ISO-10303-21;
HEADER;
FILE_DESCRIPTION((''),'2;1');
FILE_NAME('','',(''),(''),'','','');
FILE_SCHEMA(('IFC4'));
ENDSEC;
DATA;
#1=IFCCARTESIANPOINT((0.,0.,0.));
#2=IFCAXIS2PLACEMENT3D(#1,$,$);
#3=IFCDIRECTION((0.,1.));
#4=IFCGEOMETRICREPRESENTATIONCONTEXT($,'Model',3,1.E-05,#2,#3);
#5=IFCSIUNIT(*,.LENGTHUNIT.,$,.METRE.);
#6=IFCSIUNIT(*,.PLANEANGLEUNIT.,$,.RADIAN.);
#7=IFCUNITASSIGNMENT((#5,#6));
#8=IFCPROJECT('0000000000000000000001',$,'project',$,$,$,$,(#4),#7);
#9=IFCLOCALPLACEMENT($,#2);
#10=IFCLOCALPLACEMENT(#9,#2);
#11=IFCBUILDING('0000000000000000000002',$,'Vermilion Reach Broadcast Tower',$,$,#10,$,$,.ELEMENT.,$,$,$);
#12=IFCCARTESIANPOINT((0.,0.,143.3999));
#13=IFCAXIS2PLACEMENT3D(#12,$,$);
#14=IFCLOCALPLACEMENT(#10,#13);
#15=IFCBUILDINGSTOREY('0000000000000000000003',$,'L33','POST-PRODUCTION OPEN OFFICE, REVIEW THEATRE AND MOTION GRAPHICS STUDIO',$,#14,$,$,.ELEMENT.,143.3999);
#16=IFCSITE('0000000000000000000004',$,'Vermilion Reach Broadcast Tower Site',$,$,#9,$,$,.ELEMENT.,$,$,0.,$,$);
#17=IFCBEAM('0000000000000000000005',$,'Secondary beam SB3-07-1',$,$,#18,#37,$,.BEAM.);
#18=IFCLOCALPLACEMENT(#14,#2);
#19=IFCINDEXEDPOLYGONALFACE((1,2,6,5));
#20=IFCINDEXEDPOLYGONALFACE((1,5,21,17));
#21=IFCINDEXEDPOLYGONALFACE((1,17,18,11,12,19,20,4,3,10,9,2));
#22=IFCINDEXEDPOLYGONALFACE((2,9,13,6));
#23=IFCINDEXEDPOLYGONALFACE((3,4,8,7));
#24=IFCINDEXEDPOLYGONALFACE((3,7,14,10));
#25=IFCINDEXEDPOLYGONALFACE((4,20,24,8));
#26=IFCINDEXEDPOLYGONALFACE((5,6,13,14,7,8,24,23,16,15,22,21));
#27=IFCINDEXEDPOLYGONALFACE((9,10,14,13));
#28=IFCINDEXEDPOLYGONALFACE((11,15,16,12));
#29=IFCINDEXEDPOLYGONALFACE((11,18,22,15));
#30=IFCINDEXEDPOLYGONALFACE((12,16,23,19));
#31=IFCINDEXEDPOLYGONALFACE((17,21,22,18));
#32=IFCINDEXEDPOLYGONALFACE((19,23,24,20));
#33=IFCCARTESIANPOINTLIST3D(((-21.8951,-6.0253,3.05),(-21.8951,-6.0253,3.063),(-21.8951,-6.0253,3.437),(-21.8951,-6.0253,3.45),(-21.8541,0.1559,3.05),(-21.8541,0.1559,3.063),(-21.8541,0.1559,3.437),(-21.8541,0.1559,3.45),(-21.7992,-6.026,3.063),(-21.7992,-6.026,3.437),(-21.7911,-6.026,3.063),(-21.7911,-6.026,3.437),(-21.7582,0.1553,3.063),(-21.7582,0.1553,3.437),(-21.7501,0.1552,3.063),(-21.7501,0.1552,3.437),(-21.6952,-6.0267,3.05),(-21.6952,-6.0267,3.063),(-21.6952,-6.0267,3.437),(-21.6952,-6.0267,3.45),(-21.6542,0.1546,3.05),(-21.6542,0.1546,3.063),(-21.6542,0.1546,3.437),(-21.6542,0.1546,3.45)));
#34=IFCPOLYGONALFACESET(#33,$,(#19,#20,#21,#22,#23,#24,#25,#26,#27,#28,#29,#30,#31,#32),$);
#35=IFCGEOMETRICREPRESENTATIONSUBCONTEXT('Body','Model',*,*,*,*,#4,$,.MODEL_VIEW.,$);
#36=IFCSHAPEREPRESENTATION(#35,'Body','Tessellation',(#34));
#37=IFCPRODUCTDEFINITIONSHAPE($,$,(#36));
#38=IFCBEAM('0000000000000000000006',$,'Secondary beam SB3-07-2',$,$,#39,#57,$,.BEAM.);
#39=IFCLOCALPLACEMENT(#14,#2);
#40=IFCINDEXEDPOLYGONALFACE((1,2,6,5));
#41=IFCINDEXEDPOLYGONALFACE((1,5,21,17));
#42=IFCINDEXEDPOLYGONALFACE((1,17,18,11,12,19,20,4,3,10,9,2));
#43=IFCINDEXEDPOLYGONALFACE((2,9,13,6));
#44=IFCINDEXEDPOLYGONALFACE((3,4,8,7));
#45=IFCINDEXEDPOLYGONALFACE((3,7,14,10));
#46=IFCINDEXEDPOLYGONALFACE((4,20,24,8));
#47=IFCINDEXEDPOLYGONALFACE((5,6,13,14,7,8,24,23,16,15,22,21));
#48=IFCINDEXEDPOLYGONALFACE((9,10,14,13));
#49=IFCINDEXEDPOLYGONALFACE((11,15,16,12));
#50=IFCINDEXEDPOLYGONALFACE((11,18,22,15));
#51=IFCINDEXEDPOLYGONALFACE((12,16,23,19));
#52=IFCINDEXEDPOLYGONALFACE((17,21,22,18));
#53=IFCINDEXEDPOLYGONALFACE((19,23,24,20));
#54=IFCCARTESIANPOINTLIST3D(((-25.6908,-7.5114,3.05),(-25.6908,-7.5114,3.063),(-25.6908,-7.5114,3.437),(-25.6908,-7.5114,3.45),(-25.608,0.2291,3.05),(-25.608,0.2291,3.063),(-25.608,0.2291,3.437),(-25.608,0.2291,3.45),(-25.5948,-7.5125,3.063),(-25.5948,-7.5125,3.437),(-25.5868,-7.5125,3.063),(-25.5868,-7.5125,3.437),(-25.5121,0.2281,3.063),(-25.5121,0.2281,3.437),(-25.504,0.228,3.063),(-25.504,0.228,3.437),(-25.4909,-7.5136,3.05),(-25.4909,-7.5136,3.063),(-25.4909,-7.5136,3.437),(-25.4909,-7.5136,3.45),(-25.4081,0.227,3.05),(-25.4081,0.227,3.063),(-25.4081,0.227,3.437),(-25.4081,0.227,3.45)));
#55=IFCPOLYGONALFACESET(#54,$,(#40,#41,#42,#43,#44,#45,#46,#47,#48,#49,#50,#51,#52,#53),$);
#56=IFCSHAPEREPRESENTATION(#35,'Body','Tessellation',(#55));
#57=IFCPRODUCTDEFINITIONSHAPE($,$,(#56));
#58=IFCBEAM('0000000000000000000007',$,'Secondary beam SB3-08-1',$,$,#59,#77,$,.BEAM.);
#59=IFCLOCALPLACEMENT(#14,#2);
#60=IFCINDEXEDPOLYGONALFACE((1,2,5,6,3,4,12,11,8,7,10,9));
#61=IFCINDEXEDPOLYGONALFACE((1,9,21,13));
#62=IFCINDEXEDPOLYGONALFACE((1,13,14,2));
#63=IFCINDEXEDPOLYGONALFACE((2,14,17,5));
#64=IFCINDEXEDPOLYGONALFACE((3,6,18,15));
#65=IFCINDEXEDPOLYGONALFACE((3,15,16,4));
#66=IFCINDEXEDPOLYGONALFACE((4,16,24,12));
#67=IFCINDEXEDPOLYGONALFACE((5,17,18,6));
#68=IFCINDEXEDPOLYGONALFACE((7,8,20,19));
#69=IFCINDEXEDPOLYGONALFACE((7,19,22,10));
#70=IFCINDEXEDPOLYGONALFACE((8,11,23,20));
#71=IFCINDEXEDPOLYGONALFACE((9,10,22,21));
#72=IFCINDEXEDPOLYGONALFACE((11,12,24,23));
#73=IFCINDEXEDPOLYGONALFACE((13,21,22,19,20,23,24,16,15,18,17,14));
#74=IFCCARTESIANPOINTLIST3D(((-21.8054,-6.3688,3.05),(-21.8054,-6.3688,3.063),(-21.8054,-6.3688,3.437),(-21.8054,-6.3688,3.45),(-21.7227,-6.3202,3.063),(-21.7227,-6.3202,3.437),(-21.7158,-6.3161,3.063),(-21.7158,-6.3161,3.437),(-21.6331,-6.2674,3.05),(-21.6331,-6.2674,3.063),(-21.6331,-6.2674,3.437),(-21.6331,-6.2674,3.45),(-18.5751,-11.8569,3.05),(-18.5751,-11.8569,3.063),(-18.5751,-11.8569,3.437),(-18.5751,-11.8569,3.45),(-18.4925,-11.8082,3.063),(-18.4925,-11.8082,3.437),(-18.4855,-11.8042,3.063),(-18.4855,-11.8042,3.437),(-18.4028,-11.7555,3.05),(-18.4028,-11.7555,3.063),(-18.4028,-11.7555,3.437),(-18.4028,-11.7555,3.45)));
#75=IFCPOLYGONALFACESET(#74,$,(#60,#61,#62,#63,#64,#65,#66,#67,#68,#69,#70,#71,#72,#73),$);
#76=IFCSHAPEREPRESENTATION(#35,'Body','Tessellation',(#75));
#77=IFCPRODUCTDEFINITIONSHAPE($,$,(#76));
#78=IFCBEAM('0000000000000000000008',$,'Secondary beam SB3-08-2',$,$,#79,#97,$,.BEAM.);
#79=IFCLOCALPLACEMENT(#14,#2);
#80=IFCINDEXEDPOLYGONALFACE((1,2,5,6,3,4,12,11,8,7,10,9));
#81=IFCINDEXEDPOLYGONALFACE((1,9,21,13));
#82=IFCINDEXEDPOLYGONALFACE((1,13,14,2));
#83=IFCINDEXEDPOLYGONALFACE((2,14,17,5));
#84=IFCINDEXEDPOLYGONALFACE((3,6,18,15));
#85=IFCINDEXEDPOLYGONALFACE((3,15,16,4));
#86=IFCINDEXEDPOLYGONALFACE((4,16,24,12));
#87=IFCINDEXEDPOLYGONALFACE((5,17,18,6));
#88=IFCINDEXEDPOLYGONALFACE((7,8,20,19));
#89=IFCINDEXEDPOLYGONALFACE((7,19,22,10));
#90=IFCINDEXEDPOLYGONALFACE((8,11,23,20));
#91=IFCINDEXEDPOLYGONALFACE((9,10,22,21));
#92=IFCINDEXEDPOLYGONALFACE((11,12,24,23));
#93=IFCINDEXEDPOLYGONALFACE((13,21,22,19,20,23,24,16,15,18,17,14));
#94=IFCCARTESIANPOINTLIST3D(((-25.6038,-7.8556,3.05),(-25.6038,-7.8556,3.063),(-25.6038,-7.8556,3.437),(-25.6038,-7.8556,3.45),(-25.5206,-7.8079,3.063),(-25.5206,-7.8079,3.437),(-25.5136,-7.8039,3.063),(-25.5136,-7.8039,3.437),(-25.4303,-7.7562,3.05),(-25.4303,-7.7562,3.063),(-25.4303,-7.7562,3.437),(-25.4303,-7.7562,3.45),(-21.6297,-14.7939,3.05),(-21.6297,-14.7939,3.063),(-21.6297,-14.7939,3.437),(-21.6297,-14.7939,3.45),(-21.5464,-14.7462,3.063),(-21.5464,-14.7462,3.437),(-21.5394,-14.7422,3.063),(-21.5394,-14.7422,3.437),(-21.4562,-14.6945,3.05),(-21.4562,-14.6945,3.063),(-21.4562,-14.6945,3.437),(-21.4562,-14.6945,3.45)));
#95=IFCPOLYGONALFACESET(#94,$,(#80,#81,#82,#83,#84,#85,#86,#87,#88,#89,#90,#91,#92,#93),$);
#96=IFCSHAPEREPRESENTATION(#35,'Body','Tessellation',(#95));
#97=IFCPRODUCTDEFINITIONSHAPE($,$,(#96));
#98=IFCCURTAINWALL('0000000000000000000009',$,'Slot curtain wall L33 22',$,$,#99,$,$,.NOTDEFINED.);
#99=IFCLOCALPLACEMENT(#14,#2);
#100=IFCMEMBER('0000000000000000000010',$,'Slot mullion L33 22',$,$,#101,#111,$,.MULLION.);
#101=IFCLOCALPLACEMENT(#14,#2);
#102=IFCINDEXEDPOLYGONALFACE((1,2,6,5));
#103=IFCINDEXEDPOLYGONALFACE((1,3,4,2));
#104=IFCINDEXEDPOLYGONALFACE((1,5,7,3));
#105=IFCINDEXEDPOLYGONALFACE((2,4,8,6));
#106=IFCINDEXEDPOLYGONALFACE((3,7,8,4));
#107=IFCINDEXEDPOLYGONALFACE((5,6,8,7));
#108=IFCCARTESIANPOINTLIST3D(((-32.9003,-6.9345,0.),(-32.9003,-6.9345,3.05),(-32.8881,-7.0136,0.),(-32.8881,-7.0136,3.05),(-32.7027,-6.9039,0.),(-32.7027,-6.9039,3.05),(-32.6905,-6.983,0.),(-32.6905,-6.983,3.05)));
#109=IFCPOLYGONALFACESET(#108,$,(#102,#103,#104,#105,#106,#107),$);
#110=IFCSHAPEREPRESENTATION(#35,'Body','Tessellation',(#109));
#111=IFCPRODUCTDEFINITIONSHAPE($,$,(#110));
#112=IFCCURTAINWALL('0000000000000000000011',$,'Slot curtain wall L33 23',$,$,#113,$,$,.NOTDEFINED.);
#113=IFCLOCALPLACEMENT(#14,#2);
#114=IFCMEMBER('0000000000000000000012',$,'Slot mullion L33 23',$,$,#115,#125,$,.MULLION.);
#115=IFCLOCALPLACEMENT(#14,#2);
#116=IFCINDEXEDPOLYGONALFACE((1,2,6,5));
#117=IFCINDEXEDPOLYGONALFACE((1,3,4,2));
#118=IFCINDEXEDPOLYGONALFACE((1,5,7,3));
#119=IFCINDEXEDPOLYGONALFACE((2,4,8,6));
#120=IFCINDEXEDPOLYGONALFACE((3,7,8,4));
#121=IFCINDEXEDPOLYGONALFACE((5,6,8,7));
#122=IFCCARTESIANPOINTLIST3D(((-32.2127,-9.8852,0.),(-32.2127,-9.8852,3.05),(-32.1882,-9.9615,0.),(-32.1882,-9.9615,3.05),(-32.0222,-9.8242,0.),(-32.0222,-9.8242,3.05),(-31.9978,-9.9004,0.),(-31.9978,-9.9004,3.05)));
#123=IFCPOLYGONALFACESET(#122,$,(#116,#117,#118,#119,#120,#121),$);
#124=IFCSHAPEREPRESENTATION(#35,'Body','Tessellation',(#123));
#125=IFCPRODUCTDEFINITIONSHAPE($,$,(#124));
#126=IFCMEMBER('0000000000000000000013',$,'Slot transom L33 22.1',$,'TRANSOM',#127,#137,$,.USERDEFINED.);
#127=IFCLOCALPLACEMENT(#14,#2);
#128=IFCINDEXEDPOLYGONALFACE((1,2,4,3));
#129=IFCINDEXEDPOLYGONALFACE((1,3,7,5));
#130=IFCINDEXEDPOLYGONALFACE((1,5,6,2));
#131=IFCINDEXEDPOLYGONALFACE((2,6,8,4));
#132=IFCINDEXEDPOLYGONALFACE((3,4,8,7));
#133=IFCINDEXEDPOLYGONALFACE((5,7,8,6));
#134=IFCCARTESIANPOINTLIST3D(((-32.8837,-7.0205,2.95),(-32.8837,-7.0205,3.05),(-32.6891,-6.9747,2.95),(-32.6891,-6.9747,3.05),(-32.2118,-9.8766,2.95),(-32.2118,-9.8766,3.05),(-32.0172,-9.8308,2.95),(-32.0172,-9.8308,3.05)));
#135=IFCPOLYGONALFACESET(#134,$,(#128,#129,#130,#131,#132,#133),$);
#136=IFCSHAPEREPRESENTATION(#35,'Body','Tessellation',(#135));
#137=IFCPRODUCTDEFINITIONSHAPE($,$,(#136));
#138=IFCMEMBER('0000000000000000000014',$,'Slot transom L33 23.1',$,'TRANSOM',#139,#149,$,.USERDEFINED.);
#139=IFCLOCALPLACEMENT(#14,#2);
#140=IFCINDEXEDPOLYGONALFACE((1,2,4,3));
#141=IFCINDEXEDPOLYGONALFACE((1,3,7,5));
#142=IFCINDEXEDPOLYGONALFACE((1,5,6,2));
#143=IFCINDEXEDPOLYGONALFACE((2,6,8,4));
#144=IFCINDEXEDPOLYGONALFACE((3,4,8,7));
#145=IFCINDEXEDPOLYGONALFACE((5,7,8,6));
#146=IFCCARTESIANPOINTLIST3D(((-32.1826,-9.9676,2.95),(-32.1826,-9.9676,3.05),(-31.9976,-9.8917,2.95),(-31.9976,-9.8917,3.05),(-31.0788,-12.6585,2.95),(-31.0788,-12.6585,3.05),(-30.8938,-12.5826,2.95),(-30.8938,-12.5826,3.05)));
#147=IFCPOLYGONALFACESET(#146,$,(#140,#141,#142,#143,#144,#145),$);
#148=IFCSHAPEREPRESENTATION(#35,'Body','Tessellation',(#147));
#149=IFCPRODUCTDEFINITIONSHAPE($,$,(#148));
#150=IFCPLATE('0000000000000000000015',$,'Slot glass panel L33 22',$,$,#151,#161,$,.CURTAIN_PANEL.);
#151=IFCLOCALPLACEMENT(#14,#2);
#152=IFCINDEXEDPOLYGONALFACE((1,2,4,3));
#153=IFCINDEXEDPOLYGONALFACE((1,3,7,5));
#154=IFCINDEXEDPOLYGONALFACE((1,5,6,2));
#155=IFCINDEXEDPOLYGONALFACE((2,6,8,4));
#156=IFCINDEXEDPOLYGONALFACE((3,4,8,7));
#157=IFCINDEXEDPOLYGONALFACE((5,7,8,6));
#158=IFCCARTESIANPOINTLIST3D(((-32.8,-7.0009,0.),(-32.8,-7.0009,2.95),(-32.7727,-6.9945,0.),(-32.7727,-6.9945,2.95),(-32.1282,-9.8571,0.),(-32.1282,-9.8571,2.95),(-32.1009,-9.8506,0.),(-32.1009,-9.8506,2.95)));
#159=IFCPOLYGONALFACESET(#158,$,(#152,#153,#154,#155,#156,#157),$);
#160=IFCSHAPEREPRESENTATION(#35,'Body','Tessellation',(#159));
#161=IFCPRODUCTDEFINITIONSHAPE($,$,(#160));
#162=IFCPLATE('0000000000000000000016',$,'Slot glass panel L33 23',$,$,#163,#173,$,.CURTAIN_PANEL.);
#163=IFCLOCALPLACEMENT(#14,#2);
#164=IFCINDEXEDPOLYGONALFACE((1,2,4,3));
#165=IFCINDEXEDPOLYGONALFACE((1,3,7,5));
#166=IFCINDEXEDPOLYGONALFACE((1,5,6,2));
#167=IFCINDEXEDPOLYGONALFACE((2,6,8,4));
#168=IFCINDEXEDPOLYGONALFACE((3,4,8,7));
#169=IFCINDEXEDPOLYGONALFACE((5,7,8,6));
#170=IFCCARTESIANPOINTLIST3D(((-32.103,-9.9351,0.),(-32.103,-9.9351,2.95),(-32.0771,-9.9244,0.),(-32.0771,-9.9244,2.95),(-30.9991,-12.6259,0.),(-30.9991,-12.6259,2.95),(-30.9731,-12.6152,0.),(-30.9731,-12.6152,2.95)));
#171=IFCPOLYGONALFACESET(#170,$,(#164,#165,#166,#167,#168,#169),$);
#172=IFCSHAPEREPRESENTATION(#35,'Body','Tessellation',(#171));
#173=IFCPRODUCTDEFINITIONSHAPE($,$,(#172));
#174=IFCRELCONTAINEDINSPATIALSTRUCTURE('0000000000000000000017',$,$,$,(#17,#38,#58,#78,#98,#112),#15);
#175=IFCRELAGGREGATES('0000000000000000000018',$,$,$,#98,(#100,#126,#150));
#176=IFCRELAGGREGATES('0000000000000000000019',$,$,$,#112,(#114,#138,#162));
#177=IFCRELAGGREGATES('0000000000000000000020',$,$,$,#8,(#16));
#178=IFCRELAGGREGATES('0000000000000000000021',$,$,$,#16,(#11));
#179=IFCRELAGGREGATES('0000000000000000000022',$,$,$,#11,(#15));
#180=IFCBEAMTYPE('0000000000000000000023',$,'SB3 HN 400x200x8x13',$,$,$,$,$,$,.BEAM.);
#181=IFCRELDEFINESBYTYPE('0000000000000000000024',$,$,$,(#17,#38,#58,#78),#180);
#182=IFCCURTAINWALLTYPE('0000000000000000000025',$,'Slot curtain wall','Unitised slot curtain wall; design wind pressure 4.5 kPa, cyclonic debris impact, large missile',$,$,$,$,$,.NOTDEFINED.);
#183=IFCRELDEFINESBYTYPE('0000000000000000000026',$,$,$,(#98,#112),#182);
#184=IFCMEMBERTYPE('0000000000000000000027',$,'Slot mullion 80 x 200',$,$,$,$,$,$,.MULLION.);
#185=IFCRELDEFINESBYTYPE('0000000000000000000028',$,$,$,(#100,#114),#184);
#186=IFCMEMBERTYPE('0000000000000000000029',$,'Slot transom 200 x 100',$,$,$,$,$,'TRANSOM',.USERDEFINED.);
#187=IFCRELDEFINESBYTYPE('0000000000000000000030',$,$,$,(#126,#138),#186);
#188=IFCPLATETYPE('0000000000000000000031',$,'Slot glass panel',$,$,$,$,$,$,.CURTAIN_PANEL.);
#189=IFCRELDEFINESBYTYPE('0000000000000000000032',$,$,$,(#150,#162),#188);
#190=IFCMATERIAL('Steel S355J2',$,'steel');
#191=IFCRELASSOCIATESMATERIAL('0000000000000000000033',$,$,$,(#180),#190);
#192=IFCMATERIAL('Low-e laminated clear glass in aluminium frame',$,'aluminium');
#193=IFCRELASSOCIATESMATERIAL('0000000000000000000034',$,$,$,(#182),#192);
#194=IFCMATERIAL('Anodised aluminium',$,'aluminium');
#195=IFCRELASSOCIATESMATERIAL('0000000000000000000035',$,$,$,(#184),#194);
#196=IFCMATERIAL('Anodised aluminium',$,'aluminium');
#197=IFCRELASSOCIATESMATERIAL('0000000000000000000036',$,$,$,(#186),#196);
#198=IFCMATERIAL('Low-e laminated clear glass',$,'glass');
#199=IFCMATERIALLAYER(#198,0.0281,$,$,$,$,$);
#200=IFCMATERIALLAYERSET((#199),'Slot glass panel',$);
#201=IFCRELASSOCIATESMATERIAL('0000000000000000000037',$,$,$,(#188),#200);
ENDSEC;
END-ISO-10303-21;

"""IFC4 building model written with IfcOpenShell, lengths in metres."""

from ifc_helpers import new_model, si_unit, direction, frame, origin, origin_2d, place, context, subcontext, project, spatial, rectangle, i_section, extrude, material, layer, layer_set, material_profile, profile_set, type_object, element, aggregate, save


model = new_model("IFC4")

# Units and contexts
model_context = context("Model", 3, precision=1e-05, world=origin(), true_north=direction((0.0, 1.0)))
body_context = subcontext(model_context, "Body", "Model", "MODEL_VIEW")
ifc_project = project(units=[si_unit("LENGTHUNIT", "METRE"), si_unit("PLANEANGLEUNIT", "RADIAN")], contexts=[model_context])

# Site, building, storey
site_placement = place(None, origin())
site = spatial("IfcSite", under=ifc_project, at=site_placement, Name="Vermilion Reach Broadcast Tower Site", CompositionType="ELEMENT", RefElevation=0.0)
building_placement = place(site_placement, origin())
building = spatial("IfcBuilding", under=site, at=building_placement, Name="Vermilion Reach Broadcast Tower", CompositionType="ELEMENT")
storey_placement = place(building_placement, frame((0.0, 0.0, 143.3999)))
storey = spatial("IfcBuildingStorey", under=building, at=storey_placement, Name="L33", Description="POST-PRODUCTION OPEN OFFICE, REVIEW THEATRE AND MOTION GRAPHICS STUDIO", CompositionType="ELEMENT", Elevation=143.3999)

# Beams
ifc_material_1 = material(Name="Steel S355J2", Category="steel")
ifc_material_profile_1 = material_profile(ifc_material_1, i_section(OverallWidth=0.2, OverallDepth=0.3999, WebThickness=0.0081, FlangeThickness=0.0129, at=origin_2d()), Name="S355J2 HN 400x200x8x13")
ifc_profile_set_1 = profile_set([ifc_material_profile_1], Name="Steel S355J2")
beam_type_1 = type_object("IfcBeamType", Name="SB3 HN 400x200x8x13", PredefinedType="BEAM", material=ifc_profile_set_1)
beam_1_placement = place(storey_placement, frame((-21.7542, 0.1553, 3.25), z_axis=(-0.006635, -0.999978, 0.0), x_axis=(0.999978, -0.006635, 0.0)))
element("IfcBeam", 1, at=beam_1_placement, inside=storey, type_object=beam_type_1, Name="Secondary beam SB3-07-1", PredefinedType="BEAM", context=body_context, shape_type="SweptSolid", body=[
    extrude(i_section(OverallWidth=0.2, OverallDepth=0.3999, WebThickness=0.0081, FlangeThickness=0.0129, at=origin_2d()), origin(), (0.0, 0.0, 1.0), 6.1814),
])
beam_2_placement = place(storey_placement, frame((-25.5081, 0.228, 3.25), z_axis=(-0.010692, -0.999943, 0.0), x_axis=(0.999943, -0.010692, 0.0)))
element("IfcBeam", 2, at=beam_2_placement, inside=storey, type_object=beam_type_1, Name="Secondary beam SB3-07-2", PredefinedType="BEAM", context=body_context, shape_type="SweptSolid", body=[
    extrude(i_section(OverallWidth=0.2, OverallDepth=0.3999, WebThickness=0.0081, FlangeThickness=0.0129, at=origin_2d()), origin(), (0.0, 0.0, 1.0), 7.741),
])
beam_3_placement = place(storey_placement, frame((-21.7192, -6.3181, 3.25), z_axis=(0.50725, -0.861799, 0.0), x_axis=(0.861799, 0.50725, 0.0)))
element("IfcBeam", 3, at=beam_3_placement, inside=storey, type_object=beam_type_1, Name="Secondary beam SB3-08-1", PredefinedType="BEAM", context=body_context, shape_type="SweptSolid", body=[
    extrude(i_section(OverallWidth=0.2, OverallDepth=0.3999, WebThickness=0.0081, FlangeThickness=0.0129, at=origin_2d()), origin(), (0.0, 0.0, 1.0), 6.3682),
])
beam_4_placement = place(storey_placement, frame((-25.5171, -7.8059, 3.25), z_axis=(0.497027, -0.867735, 0.0), x_axis=(0.867735, 0.497027, 0.0)))
element("IfcBeam", 4, at=beam_4_placement, inside=storey, type_object=beam_type_1, Name="Secondary beam SB3-08-2", PredefinedType="BEAM", context=body_context, shape_type="SweptSolid", body=[
    extrude(i_section(OverallWidth=0.2, OverallDepth=0.3999, WebThickness=0.0081, FlangeThickness=0.0129, at=origin_2d()), origin(), (0.0, 0.0, 1.0), 7.9958),
])

# Curtain walls, members
ifc_material_2 = material(Name="Low-e laminated clear glass in aluminium frame", Category="aluminium")
curtain_wall_type = type_object("IfcCurtainWallType", Name="Slot curtain wall", Description="Unitised slot curtain wall; design wind pressure 4.5 kPa, cyclonic debris impact, large missile", PredefinedType="NOTDEFINED", material=ifc_material_2)
placement = place(storey_placement, origin())
curtain_wall_1 = element("IfcCurtainWall", 5, at=placement, inside=storey, type_object=curtain_wall_type, Name="Slot curtain wall L33 22", PredefinedType="NOTDEFINED")
ifc_material_3 = material(Name="Anodised aluminium", Category="aluminium")
ifc_material_profile_2 = material_profile(ifc_material_3, rectangle(XDim=0.2, YDim=0.0801, at=origin_2d()), Name="Slot mullion 80 x 200")
ifc_profile_set_2 = profile_set([ifc_material_profile_2], Name="Anodised aluminium")
member_type_1 = type_object("IfcMemberType", Name="Slot mullion 80 x 200", PredefinedType="MULLION", material=ifc_profile_set_2)
member_1_placement = place(storey_placement, frame((-32.7954, -6.9587, 0.0), z_axis=(0.0, 0.0, 1.0), x_axis=(0.988211, 0.153099, 0.0)))
member_1 = element("IfcMember", 6, at=member_1_placement, type_object=member_type_1, Name="Slot mullion L33 22", PredefinedType="MULLION", context=body_context, shape_type="SweptSolid", body=[
    extrude(rectangle(XDim=0.2, YDim=0.0801, at=origin_2d()), origin(), (0.0, 0.0, 1.0), 3.05),
])
curtain_wall_2 = element("IfcCurtainWall", 7, at=placement, inside=storey, type_object=curtain_wall_type, Name="Slot curtain wall L33 23", PredefinedType="NOTDEFINED")
member_2_placement = place(storey_placement, frame((-32.1052, -9.8928, 0.0), z_axis=(0.0, 0.0, 1.0), x_axis=(0.952283, 0.305215, 0.0)))
member_2 = element("IfcMember", 8, at=member_2_placement, type_object=member_type_1, Name="Slot mullion L33 23", PredefinedType="MULLION", context=body_context, shape_type="SweptSolid", body=[
    extrude(rectangle(XDim=0.2, YDim=0.0801, at=origin_2d()), origin(), (0.0, 0.0, 1.0), 3.05),
])

# Members
ifc_material_4 = material(Name="Anodised aluminium", Category="aluminium")
ifc_material_profile_3 = material_profile(ifc_material_4, rectangle(XDim=0.2, YDim=0.1001, at=origin_2d()), Name="Slot transom 200 x 100")
ifc_profile_set_3 = profile_set([ifc_material_profile_3], Name="Anodised aluminium")
member_type_2 = type_object("IfcMemberType", Name="Slot transom 200 x 100", ElementType="TRANSOM", PredefinedType="USERDEFINED", material=ifc_profile_set_3)
member_3_placement = place(storey_placement, frame((-32.7864, -6.9976, 3.0), z_axis=(0.228984, -0.97343, 0.0), x_axis=(0.97343, 0.228984, 0.0)))
member_3 = element("IfcMember", 9, at=member_3_placement, type_object=member_type_2, Name="Slot transom L33 22.1", ObjectType="TRANSOM", PredefinedType="USERDEFINED", context=body_context, shape_type="SweptSolid", body=[
    extrude(rectangle(XDim=0.2, YDim=0.1001, at=origin_2d()), origin(), (0.0, 0.0, 1.0), 2.9341),
])
member_4_placement = place(storey_placement, frame((-32.0901, -9.9297, 3.0), z_axis=(0.379496, -0.925194, 0.0), x_axis=(0.925194, 0.379496, 0.0)))
member_4 = element("IfcMember", 10, at=member_4_placement, type_object=member_type_2, Name="Slot transom L33 23.1", ObjectType="TRANSOM", PredefinedType="USERDEFINED", context=body_context, shape_type="SweptSolid", body=[
    extrude(rectangle(XDim=0.2, YDim=0.1001, at=origin_2d()), origin(), (0.0, 0.0, 1.0), 2.9084),
])

# Plates
ifc_material_5 = material(Name="Low-e laminated clear glass", Category="glass")
ifc_layer_1 = layer(ifc_material_5, 0.0281)
ifc_layer_set_1 = layer_set([ifc_layer_1], Name="Slot glass panel")
plate_type = type_object("IfcPlateType", Name="Slot glass panel", PredefinedType="CURTAIN_PANEL", material=ifc_layer_set_1)
plate_1_placement = place(storey_placement, frame((-32.4504, -8.4258, 0.0), z_axis=(0.0, 0.0, 1.0), x_axis=(0.228953, -0.973437, 0.0)))
plate_1 = element("IfcPlate", 11, at=plate_1_placement, type_object=plate_type, Name="Slot glass panel L33 22", PredefinedType="CURTAIN_PANEL", context=body_context, shape_type="SweptSolid", body=[
    extrude(rectangle(XDim=2.9341, YDim=0.0281, at=origin_2d()), origin(), (0.0, 0.0, 1.0), 2.95),
])
aggregate(curtain_wall_1, [member_1, member_3, plate_1])
plate_2_placement = place(storey_placement, frame((-31.5381, -11.2751, 0.0), z_axis=(0.0, 0.0, 1.0), x_axis=(0.379565, -0.925165, 0.0)))
plate_2 = element("IfcPlate", 12, at=plate_2_placement, type_object=plate_type, Name="Slot glass panel L33 23", PredefinedType="CURTAIN_PANEL", context=body_context, shape_type="SweptSolid", body=[
    extrude(rectangle(XDim=2.9084, YDim=0.0281, at=origin_2d()), origin(), (0.0, 0.0, 1.0), 2.95),
])
aggregate(curtain_wall_2, [member_2, member_4, plate_2])

save(model, "model.ifc")
